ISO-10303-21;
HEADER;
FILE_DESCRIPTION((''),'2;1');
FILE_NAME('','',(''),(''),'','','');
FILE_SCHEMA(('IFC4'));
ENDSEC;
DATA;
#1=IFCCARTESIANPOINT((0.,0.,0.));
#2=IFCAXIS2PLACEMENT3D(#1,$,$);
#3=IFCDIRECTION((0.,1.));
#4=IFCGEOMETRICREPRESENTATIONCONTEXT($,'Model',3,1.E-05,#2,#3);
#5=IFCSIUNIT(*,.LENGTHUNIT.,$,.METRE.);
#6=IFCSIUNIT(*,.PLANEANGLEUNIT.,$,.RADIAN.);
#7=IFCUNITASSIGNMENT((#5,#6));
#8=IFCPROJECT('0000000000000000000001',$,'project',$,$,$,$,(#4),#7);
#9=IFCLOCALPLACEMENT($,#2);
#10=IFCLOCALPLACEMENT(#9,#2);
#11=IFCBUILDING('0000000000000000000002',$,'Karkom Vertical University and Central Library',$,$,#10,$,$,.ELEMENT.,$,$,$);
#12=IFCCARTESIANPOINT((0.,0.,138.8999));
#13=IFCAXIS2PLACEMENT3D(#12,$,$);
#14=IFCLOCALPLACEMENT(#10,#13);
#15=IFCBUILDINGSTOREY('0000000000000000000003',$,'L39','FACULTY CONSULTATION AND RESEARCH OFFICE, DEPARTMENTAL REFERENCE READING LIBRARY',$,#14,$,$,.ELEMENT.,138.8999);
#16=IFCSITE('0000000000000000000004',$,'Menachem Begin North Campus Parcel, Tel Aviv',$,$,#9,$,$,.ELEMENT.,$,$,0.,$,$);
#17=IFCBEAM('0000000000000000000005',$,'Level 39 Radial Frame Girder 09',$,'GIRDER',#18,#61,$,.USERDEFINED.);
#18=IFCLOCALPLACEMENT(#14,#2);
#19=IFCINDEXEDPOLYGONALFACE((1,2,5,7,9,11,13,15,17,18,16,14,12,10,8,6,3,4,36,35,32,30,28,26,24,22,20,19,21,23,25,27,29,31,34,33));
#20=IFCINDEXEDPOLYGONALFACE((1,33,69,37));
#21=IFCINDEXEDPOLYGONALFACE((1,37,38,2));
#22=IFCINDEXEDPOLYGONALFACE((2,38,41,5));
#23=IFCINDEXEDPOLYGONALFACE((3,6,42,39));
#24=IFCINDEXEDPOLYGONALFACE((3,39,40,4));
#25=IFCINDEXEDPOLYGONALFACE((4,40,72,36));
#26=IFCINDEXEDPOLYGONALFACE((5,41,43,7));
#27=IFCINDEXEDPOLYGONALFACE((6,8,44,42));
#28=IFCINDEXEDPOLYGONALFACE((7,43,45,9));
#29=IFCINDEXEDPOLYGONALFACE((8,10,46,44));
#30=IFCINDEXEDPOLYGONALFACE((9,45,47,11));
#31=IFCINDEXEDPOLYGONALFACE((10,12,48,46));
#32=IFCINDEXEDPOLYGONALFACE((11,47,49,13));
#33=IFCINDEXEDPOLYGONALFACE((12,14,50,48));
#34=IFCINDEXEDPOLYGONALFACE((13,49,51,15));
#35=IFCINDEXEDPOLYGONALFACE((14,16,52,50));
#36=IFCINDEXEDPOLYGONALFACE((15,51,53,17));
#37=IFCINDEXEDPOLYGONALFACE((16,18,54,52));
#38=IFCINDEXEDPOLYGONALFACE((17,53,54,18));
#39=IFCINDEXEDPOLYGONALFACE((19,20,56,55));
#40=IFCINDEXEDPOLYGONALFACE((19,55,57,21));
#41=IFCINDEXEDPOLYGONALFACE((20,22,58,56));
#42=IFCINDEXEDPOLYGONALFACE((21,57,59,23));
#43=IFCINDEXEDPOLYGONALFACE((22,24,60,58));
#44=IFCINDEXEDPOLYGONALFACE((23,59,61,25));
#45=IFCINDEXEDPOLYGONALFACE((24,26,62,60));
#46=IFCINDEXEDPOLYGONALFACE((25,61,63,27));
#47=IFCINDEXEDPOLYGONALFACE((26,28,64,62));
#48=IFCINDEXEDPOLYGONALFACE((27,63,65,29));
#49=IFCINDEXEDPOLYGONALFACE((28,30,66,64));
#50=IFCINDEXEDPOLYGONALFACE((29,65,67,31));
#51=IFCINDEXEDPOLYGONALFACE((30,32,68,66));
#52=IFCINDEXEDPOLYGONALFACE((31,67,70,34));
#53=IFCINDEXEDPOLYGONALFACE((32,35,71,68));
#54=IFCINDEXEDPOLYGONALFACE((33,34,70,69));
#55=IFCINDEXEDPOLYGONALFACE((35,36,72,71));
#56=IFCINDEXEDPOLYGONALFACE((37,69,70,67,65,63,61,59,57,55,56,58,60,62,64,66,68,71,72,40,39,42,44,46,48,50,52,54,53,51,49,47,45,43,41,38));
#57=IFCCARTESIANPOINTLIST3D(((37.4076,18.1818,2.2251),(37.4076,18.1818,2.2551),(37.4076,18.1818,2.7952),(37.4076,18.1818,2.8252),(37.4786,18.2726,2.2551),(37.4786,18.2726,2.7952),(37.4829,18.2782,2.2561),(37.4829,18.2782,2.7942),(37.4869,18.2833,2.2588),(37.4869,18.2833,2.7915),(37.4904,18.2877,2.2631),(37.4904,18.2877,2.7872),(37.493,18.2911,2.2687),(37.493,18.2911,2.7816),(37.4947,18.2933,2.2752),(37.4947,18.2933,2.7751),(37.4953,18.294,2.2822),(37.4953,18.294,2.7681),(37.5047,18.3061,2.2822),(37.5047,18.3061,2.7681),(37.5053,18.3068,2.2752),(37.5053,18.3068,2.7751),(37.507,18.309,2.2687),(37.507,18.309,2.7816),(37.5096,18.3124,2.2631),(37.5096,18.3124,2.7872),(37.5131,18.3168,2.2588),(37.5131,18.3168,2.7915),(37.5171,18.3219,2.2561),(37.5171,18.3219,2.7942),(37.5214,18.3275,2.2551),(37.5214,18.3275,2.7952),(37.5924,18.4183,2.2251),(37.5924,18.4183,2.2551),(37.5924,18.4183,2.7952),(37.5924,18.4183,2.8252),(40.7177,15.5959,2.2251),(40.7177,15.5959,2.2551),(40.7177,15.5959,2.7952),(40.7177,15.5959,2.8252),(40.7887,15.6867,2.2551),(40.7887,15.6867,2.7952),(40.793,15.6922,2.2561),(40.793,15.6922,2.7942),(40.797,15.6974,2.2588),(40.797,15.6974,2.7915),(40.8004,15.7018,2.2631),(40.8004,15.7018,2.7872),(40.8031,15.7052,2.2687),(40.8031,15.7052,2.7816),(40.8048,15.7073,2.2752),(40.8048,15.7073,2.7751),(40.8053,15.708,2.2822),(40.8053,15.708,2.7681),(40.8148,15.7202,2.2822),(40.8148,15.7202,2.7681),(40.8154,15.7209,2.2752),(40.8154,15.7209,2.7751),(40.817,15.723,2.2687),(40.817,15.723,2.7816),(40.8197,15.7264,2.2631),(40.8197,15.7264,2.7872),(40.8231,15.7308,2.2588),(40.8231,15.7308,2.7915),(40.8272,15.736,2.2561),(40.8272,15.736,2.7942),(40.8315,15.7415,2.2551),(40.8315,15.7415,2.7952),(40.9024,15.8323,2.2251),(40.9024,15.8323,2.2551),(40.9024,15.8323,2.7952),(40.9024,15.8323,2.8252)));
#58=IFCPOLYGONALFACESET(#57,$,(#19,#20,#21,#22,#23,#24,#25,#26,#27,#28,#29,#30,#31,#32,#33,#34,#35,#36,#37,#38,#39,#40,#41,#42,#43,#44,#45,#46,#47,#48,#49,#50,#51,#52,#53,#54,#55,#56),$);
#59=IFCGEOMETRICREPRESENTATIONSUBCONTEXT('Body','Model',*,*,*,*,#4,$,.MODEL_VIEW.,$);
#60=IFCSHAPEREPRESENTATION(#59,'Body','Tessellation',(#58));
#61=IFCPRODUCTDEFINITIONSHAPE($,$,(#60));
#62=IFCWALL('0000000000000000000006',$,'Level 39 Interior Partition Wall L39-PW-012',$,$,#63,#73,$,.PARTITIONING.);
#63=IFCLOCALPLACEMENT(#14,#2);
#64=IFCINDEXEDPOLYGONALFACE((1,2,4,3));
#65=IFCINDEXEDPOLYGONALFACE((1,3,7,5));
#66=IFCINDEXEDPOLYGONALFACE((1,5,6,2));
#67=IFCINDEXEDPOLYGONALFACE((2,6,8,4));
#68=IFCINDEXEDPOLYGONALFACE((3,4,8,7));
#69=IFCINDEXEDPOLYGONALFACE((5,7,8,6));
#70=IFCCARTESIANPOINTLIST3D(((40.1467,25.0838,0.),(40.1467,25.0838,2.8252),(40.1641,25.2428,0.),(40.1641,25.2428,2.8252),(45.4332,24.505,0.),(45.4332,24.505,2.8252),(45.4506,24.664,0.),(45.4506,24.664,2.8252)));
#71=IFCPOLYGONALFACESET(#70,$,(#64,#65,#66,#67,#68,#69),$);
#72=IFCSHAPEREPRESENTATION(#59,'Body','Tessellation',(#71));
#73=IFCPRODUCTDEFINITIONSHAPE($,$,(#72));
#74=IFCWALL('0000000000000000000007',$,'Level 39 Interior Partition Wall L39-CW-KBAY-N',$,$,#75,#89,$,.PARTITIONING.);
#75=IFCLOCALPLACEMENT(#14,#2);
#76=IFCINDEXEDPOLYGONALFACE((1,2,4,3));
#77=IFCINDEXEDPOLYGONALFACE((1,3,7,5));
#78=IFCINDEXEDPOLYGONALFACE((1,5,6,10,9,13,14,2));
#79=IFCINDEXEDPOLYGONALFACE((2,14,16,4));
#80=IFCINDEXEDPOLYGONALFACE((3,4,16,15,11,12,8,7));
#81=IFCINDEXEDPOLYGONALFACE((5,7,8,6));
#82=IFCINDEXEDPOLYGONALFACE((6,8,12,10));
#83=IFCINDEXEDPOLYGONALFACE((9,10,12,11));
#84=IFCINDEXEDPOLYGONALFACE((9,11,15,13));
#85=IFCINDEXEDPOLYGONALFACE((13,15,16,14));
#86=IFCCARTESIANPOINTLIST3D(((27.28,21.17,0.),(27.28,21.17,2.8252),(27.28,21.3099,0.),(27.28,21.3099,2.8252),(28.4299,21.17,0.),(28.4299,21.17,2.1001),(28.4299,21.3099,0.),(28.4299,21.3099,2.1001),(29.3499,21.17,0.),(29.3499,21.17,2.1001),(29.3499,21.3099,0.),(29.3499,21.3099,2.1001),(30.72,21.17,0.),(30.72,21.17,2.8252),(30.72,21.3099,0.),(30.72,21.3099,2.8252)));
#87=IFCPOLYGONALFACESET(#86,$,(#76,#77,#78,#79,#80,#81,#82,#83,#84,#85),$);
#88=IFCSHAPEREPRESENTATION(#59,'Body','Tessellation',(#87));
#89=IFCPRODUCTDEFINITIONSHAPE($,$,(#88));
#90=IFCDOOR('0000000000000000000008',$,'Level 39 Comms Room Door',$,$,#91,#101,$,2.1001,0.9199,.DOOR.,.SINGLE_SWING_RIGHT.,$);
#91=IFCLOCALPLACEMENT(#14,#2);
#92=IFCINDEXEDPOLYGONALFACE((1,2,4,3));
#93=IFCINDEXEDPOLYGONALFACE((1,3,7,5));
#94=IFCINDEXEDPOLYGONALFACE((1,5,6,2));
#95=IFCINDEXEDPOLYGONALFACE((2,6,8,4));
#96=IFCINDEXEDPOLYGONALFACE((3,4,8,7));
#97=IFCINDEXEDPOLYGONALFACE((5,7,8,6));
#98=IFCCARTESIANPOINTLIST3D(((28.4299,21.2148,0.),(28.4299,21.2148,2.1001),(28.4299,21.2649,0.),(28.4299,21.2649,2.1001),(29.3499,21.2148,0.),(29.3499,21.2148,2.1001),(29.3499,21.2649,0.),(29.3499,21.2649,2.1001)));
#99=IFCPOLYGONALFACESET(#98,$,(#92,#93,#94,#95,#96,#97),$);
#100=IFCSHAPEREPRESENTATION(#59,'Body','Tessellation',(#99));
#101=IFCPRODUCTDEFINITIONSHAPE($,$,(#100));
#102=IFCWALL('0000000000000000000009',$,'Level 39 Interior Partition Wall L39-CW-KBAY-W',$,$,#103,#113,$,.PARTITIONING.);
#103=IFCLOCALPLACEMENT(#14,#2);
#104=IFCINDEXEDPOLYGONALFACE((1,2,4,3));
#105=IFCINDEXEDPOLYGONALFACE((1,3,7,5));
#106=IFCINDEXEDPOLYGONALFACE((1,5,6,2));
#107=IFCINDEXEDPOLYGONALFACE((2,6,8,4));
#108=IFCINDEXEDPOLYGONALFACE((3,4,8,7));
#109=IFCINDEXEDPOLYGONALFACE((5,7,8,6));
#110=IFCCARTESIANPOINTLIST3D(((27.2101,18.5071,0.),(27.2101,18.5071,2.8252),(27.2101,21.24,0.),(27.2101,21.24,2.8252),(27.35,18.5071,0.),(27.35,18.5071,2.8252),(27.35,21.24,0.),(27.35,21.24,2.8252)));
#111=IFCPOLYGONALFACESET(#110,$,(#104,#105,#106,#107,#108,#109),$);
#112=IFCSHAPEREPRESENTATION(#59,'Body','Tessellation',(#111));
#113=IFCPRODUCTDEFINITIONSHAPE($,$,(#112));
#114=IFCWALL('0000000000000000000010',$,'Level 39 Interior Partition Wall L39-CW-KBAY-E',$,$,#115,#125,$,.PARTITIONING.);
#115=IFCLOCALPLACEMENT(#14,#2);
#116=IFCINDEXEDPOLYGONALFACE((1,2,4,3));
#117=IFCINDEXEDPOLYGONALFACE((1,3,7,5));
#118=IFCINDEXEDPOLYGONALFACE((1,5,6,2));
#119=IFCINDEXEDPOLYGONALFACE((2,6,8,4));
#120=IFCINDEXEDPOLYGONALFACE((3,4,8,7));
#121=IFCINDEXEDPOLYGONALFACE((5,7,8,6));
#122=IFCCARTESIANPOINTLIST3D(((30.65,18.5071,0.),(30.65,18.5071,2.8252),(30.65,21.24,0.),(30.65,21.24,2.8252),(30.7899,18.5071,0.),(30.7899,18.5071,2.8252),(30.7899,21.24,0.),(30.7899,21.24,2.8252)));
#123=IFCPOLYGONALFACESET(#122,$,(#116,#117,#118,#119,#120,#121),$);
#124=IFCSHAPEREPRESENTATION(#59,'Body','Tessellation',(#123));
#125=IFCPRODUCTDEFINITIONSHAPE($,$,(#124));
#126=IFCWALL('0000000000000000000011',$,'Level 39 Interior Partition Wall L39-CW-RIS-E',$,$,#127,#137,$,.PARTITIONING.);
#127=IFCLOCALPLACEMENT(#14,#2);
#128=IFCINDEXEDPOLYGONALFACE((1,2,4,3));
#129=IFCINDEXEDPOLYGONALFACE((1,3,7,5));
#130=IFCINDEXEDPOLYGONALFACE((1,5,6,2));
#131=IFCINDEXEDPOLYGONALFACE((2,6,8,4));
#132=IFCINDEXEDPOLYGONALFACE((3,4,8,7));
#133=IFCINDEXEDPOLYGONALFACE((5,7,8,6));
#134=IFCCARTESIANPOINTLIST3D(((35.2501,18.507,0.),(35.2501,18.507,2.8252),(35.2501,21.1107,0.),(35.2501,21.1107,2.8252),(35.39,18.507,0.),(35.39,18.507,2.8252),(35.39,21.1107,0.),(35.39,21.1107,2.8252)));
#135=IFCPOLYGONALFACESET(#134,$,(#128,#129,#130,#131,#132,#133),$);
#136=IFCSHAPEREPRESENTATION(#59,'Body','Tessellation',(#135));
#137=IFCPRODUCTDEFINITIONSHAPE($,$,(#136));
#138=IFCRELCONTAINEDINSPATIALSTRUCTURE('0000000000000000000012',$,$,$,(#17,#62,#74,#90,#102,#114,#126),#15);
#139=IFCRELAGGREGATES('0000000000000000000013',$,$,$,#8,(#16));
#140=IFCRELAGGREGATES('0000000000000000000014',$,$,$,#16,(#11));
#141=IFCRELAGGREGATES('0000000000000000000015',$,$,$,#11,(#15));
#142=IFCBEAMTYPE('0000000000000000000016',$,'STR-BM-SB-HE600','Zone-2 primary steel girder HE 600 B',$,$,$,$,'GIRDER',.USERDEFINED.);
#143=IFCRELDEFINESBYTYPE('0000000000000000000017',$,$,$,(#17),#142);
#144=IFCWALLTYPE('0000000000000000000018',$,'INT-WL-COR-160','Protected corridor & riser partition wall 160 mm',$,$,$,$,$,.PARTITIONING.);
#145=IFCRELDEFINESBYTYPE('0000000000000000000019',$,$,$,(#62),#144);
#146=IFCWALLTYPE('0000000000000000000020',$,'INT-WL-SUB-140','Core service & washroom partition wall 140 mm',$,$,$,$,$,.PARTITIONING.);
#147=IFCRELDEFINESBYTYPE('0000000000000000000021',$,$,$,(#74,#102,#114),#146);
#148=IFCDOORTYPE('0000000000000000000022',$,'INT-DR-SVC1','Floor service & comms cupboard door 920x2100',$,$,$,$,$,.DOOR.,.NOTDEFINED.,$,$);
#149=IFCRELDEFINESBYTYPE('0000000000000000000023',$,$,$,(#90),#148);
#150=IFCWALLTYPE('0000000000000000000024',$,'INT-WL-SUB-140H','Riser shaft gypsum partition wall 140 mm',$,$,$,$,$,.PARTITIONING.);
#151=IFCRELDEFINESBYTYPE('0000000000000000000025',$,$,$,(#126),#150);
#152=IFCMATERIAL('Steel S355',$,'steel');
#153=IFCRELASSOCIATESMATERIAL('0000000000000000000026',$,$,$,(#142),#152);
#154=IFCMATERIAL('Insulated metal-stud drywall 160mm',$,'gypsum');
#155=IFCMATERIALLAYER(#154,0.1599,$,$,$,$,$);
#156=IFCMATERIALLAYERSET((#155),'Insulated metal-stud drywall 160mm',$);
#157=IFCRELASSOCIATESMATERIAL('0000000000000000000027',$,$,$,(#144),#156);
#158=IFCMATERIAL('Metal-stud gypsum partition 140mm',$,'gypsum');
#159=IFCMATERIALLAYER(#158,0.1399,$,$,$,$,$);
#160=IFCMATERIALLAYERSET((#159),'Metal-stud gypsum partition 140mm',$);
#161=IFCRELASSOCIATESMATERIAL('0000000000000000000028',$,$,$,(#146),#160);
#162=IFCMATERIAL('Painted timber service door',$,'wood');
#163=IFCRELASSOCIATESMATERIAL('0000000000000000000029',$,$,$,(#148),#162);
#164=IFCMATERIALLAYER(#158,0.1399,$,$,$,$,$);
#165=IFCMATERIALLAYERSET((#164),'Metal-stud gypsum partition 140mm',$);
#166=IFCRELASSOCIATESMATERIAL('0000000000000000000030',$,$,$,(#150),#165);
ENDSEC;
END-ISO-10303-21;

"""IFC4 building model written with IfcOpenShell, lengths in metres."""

from ifc_helpers import new_model, si_unit, direction, frame, frame_2d, origin, origin_with_axes, origin_2d, place, context, subcontext, project, spatial, rectangle, i_section, extrude, source, transform, mapped, material, layer, layer_set, material_profile, profile_set, type_object, element, fill, save


model = new_model("IFC4")

# Units and contexts
model_context = context("Model", 3, precision=1e-05, world=origin(), true_north=direction((0.0, 1.0)))
body_context = subcontext(model_context, "Body", "Model", "MODEL_VIEW")
ifc_project = project(units=[si_unit("LENGTHUNIT", "METRE"), si_unit("PLANEANGLEUNIT", "RADIAN")], contexts=[model_context])

# Site, building, storey
site_placement = place(None, origin())
site = spatial("IfcSite", under=ifc_project, at=site_placement, Name="Menachem Begin North Campus Parcel, Tel Aviv", CompositionType="ELEMENT", RefElevation=0.0)
building_placement = place(site_placement, origin())
building = spatial("IfcBuilding", under=site, at=building_placement, Name="Karkom Vertical University and Central Library", CompositionType="ELEMENT")
storey_placement = place(building_placement, frame((0.0, 0.0, 138.8999)))
storey = spatial("IfcBuildingStorey", under=building, at=storey_placement, Name="L39", Description="FACULTY CONSULTATION AND RESEARCH OFFICE, DEPARTMENTAL REFERENCE READING LIBRARY", CompositionType="ELEMENT", Elevation=138.8999)

# Beam
ifc_material_1 = material(Name="Steel S355", Category="steel")
ifc_material_profile_1 = material_profile(ifc_material_1, i_section(OverallWidth=0.3, OverallDepth=0.6001, WebThickness=0.0154, FlangeThickness=0.03, FilletRadius=0.0271, at=origin_2d()), Name="HE 600 B")
ifc_profile_set_1 = profile_set([ifc_material_profile_1], Name="Steel S355")
beam_type_1 = type_object("IfcBeamType", Name="STR-BM-SB-HE600", Description="Zone-2 primary steel girder HE 600 B", ElementType="GIRDER", PredefinedType="USERDEFINED", material=ifc_profile_set_1)
shared_shape_1 = source(origin_with_axes(), body_context, "Body", "SweptSolid", [
    extrude(i_section(OverallWidth=0.3, OverallDepth=0.6001, WebThickness=0.0154, FlangeThickness=0.03, FilletRadius=0.0271, at=origin_2d()), origin(), (0.0, 0.0, 1.0), 4.2004),
])
beam_1_placement = place(storey_placement, frame((37.5, 18.3, 2.5251), z_axis=(0.78803, -0.615637, 0.0), x_axis=(0.615637, 0.78803, 0.0)))
element("IfcBeam", 1, at=beam_1_placement, inside=storey, type_object=beam_type_1, Name="Level 39 Radial Frame Girder 09", ObjectType="GIRDER", PredefinedType="USERDEFINED", context=body_context, shape_type="MappedRepresentation", body=[
    mapped(shared_shape_1, transform((0.0, 0.0, 0.0), scale=1.0)),
])

# Wall
ifc_material_2 = material(Name="Insulated metal-stud drywall 160mm", Category="gypsum")
ifc_layer_1 = layer(ifc_material_2, 0.1599)
ifc_layer_set_1 = layer_set([ifc_layer_1], Name="Insulated metal-stud drywall 160mm")
wall_type_1 = type_object("IfcWallType", Name="INT-WL-COR-160", Description="Protected corridor & riser partition wall 160 mm", PredefinedType="PARTITIONING", material=ifc_layer_set_1)
wall_1_placement = place(storey_placement, frame((40.1553, 25.1633, 0.0), z_axis=(0.0, 0.0, 1.0), x_axis=(0.994059, -0.108844, 0.0)))
element("IfcWall", 2, at=wall_1_placement, inside=storey, type_object=wall_type_1, Name="Level 39 Interior Partition Wall L39-PW-012", PredefinedType="PARTITIONING", context=body_context, shape_type="SweptSolid", body=[
    extrude(rectangle(XDim=5.3181, YDim=0.1599, at=frame_2d((2.6592, 0.0))), origin(), (0.0, 0.0, 1.0), 2.8252),
])

# Wall, opening, door
ifc_material_3 = material(Name="Metal-stud gypsum partition 140mm", Category="gypsum")
ifc_layer_2 = layer(ifc_material_3, 0.1399)
ifc_layer_set_2 = layer_set([ifc_layer_2], Name="Metal-stud gypsum partition 140mm")
wall_type_2 = type_object("IfcWallType", Name="INT-WL-SUB-140", Description="Core service & washroom partition wall 140 mm", PredefinedType="PARTITIONING", material=ifc_layer_set_2)
wall_2_placement = place(storey_placement, frame((27.28, 21.24, 0.0), z_axis=(0.0, 0.0, 1.0), x_axis=(1.0, 0.0, 0.0)))
wall_2 = element("IfcWall", 3, at=wall_2_placement, inside=storey, type_object=wall_type_2, Name="Level 39 Interior Partition Wall L39-CW-KBAY-N", PredefinedType="PARTITIONING", context=body_context, shape_type="SweptSolid", body=[
    extrude(rectangle(XDim=3.4399, YDim=0.1399, at=frame_2d((1.72, 0.0))), origin(), (0.0, 0.0, 1.0), 2.8252),
])
opening_1_placement = place(wall_2_placement, frame((1.1499, 0.0, 0.0)))
opening_1 = element("IfcOpeningElement", 4, at=opening_1_placement, cuts=wall_2, PredefinedType="OPENING", context=body_context, shape_type="SweptSolid", body=[
    extrude(rectangle(XDim=0.9199, YDim=2.1001, at=frame_2d((0.46, 1.05))), frame((0.0, 0.0801, 0.0), z_axis=(0.0, -1.0, 0.0), x_axis=(1.0, 0.0, 0.0)), (0.0, 0.0, 1.0), 0.1599),
])
ifc_material_4 = material(Name="Painted timber service door", Category="wood")
door_type_1 = type_object("IfcDoorType", Name="INT-DR-SVC1", Description="Floor service & comms cupboard door 920x2100", OperationType="NOTDEFINED", PredefinedType="DOOR", material=ifc_material_4)
shared_shape_2 = source(origin_with_axes(), body_context, "Body", "SweptSolid", [
    extrude(rectangle(XDim=0.9199, YDim=2.1001, at=frame_2d((0.46, 1.05))), frame((0.0, 0.0249, 0.0), z_axis=(0.0, -1.0, 0.0), x_axis=(1.0, 0.0, 0.0)), (0.0, 0.0, 1.0), 0.05),
])
door_1_placement = place(opening_1_placement, origin())
door_1 = element("IfcDoor", 5, at=door_1_placement, inside=storey, type_object=door_type_1, Name="Level 39 Comms Room Door", OperationType="SINGLE_SWING_RIGHT", OverallHeight=2.1001, OverallWidth=0.9199, PredefinedType="DOOR", context=body_context, shape_type="MappedRepresentation", body=[
    mapped(shared_shape_2, transform((0.0, 0.0, 0.0), scale=1.0)),
])
fill(opening_1, door_1)

# Walls
for number, where, z_axis, x_axis, name in (
    (6, (27.28, 18.5071, 0.0), (0.0, 0.0, 1.0), (0.0, 1.0, 0.0), "Level 39 Interior Partition Wall L39-CW-KBAY-W"),
    (7, (30.72, 18.5071, 0.0), (0.0, 0.0, 1.0), (0.0, 1.0, 0.0), "Level 39 Interior Partition Wall L39-CW-KBAY-E"),
):
    element("IfcWall", number, at=place(storey_placement, frame(where, z_axis=z_axis, x_axis=x_axis)), inside=storey, type_object=wall_type_2, Name=name, PredefinedType="PARTITIONING", context=body_context, shape_type="SweptSolid", body=[
        extrude(rectangle(XDim=2.7329, YDim=0.1399, at=frame_2d((1.3665, 0.0))), origin(), (0.0, 0.0, 1.0), 2.8252),
    ])
ifc_layer_3 = layer(ifc_material_3, 0.1399)
ifc_layer_set_3 = layer_set([ifc_layer_3], Name="Metal-stud gypsum partition 140mm")
wall_type_3 = type_object("IfcWallType", Name="INT-WL-SUB-140H", Description="Riser shaft gypsum partition wall 140 mm", PredefinedType="PARTITIONING", material=ifc_layer_set_3)
wall_3_placement = place(storey_placement, frame((35.3201, 18.5071, 0.0), z_axis=(0.0, 0.0, 1.0), x_axis=(0.0, 1.0, 0.0)))
element("IfcWall", 8, at=wall_3_placement, inside=storey, type_object=wall_type_3, Name="Level 39 Interior Partition Wall L39-CW-RIS-E", PredefinedType="PARTITIONING", context=body_context, shape_type="SweptSolid", body=[
    extrude(rectangle(XDim=2.6038, YDim=0.1399, at=frame_2d((1.3018, 0.0))), origin(), (0.0, 0.0, 1.0), 2.8252),
])

save(model, "model.ifc")
